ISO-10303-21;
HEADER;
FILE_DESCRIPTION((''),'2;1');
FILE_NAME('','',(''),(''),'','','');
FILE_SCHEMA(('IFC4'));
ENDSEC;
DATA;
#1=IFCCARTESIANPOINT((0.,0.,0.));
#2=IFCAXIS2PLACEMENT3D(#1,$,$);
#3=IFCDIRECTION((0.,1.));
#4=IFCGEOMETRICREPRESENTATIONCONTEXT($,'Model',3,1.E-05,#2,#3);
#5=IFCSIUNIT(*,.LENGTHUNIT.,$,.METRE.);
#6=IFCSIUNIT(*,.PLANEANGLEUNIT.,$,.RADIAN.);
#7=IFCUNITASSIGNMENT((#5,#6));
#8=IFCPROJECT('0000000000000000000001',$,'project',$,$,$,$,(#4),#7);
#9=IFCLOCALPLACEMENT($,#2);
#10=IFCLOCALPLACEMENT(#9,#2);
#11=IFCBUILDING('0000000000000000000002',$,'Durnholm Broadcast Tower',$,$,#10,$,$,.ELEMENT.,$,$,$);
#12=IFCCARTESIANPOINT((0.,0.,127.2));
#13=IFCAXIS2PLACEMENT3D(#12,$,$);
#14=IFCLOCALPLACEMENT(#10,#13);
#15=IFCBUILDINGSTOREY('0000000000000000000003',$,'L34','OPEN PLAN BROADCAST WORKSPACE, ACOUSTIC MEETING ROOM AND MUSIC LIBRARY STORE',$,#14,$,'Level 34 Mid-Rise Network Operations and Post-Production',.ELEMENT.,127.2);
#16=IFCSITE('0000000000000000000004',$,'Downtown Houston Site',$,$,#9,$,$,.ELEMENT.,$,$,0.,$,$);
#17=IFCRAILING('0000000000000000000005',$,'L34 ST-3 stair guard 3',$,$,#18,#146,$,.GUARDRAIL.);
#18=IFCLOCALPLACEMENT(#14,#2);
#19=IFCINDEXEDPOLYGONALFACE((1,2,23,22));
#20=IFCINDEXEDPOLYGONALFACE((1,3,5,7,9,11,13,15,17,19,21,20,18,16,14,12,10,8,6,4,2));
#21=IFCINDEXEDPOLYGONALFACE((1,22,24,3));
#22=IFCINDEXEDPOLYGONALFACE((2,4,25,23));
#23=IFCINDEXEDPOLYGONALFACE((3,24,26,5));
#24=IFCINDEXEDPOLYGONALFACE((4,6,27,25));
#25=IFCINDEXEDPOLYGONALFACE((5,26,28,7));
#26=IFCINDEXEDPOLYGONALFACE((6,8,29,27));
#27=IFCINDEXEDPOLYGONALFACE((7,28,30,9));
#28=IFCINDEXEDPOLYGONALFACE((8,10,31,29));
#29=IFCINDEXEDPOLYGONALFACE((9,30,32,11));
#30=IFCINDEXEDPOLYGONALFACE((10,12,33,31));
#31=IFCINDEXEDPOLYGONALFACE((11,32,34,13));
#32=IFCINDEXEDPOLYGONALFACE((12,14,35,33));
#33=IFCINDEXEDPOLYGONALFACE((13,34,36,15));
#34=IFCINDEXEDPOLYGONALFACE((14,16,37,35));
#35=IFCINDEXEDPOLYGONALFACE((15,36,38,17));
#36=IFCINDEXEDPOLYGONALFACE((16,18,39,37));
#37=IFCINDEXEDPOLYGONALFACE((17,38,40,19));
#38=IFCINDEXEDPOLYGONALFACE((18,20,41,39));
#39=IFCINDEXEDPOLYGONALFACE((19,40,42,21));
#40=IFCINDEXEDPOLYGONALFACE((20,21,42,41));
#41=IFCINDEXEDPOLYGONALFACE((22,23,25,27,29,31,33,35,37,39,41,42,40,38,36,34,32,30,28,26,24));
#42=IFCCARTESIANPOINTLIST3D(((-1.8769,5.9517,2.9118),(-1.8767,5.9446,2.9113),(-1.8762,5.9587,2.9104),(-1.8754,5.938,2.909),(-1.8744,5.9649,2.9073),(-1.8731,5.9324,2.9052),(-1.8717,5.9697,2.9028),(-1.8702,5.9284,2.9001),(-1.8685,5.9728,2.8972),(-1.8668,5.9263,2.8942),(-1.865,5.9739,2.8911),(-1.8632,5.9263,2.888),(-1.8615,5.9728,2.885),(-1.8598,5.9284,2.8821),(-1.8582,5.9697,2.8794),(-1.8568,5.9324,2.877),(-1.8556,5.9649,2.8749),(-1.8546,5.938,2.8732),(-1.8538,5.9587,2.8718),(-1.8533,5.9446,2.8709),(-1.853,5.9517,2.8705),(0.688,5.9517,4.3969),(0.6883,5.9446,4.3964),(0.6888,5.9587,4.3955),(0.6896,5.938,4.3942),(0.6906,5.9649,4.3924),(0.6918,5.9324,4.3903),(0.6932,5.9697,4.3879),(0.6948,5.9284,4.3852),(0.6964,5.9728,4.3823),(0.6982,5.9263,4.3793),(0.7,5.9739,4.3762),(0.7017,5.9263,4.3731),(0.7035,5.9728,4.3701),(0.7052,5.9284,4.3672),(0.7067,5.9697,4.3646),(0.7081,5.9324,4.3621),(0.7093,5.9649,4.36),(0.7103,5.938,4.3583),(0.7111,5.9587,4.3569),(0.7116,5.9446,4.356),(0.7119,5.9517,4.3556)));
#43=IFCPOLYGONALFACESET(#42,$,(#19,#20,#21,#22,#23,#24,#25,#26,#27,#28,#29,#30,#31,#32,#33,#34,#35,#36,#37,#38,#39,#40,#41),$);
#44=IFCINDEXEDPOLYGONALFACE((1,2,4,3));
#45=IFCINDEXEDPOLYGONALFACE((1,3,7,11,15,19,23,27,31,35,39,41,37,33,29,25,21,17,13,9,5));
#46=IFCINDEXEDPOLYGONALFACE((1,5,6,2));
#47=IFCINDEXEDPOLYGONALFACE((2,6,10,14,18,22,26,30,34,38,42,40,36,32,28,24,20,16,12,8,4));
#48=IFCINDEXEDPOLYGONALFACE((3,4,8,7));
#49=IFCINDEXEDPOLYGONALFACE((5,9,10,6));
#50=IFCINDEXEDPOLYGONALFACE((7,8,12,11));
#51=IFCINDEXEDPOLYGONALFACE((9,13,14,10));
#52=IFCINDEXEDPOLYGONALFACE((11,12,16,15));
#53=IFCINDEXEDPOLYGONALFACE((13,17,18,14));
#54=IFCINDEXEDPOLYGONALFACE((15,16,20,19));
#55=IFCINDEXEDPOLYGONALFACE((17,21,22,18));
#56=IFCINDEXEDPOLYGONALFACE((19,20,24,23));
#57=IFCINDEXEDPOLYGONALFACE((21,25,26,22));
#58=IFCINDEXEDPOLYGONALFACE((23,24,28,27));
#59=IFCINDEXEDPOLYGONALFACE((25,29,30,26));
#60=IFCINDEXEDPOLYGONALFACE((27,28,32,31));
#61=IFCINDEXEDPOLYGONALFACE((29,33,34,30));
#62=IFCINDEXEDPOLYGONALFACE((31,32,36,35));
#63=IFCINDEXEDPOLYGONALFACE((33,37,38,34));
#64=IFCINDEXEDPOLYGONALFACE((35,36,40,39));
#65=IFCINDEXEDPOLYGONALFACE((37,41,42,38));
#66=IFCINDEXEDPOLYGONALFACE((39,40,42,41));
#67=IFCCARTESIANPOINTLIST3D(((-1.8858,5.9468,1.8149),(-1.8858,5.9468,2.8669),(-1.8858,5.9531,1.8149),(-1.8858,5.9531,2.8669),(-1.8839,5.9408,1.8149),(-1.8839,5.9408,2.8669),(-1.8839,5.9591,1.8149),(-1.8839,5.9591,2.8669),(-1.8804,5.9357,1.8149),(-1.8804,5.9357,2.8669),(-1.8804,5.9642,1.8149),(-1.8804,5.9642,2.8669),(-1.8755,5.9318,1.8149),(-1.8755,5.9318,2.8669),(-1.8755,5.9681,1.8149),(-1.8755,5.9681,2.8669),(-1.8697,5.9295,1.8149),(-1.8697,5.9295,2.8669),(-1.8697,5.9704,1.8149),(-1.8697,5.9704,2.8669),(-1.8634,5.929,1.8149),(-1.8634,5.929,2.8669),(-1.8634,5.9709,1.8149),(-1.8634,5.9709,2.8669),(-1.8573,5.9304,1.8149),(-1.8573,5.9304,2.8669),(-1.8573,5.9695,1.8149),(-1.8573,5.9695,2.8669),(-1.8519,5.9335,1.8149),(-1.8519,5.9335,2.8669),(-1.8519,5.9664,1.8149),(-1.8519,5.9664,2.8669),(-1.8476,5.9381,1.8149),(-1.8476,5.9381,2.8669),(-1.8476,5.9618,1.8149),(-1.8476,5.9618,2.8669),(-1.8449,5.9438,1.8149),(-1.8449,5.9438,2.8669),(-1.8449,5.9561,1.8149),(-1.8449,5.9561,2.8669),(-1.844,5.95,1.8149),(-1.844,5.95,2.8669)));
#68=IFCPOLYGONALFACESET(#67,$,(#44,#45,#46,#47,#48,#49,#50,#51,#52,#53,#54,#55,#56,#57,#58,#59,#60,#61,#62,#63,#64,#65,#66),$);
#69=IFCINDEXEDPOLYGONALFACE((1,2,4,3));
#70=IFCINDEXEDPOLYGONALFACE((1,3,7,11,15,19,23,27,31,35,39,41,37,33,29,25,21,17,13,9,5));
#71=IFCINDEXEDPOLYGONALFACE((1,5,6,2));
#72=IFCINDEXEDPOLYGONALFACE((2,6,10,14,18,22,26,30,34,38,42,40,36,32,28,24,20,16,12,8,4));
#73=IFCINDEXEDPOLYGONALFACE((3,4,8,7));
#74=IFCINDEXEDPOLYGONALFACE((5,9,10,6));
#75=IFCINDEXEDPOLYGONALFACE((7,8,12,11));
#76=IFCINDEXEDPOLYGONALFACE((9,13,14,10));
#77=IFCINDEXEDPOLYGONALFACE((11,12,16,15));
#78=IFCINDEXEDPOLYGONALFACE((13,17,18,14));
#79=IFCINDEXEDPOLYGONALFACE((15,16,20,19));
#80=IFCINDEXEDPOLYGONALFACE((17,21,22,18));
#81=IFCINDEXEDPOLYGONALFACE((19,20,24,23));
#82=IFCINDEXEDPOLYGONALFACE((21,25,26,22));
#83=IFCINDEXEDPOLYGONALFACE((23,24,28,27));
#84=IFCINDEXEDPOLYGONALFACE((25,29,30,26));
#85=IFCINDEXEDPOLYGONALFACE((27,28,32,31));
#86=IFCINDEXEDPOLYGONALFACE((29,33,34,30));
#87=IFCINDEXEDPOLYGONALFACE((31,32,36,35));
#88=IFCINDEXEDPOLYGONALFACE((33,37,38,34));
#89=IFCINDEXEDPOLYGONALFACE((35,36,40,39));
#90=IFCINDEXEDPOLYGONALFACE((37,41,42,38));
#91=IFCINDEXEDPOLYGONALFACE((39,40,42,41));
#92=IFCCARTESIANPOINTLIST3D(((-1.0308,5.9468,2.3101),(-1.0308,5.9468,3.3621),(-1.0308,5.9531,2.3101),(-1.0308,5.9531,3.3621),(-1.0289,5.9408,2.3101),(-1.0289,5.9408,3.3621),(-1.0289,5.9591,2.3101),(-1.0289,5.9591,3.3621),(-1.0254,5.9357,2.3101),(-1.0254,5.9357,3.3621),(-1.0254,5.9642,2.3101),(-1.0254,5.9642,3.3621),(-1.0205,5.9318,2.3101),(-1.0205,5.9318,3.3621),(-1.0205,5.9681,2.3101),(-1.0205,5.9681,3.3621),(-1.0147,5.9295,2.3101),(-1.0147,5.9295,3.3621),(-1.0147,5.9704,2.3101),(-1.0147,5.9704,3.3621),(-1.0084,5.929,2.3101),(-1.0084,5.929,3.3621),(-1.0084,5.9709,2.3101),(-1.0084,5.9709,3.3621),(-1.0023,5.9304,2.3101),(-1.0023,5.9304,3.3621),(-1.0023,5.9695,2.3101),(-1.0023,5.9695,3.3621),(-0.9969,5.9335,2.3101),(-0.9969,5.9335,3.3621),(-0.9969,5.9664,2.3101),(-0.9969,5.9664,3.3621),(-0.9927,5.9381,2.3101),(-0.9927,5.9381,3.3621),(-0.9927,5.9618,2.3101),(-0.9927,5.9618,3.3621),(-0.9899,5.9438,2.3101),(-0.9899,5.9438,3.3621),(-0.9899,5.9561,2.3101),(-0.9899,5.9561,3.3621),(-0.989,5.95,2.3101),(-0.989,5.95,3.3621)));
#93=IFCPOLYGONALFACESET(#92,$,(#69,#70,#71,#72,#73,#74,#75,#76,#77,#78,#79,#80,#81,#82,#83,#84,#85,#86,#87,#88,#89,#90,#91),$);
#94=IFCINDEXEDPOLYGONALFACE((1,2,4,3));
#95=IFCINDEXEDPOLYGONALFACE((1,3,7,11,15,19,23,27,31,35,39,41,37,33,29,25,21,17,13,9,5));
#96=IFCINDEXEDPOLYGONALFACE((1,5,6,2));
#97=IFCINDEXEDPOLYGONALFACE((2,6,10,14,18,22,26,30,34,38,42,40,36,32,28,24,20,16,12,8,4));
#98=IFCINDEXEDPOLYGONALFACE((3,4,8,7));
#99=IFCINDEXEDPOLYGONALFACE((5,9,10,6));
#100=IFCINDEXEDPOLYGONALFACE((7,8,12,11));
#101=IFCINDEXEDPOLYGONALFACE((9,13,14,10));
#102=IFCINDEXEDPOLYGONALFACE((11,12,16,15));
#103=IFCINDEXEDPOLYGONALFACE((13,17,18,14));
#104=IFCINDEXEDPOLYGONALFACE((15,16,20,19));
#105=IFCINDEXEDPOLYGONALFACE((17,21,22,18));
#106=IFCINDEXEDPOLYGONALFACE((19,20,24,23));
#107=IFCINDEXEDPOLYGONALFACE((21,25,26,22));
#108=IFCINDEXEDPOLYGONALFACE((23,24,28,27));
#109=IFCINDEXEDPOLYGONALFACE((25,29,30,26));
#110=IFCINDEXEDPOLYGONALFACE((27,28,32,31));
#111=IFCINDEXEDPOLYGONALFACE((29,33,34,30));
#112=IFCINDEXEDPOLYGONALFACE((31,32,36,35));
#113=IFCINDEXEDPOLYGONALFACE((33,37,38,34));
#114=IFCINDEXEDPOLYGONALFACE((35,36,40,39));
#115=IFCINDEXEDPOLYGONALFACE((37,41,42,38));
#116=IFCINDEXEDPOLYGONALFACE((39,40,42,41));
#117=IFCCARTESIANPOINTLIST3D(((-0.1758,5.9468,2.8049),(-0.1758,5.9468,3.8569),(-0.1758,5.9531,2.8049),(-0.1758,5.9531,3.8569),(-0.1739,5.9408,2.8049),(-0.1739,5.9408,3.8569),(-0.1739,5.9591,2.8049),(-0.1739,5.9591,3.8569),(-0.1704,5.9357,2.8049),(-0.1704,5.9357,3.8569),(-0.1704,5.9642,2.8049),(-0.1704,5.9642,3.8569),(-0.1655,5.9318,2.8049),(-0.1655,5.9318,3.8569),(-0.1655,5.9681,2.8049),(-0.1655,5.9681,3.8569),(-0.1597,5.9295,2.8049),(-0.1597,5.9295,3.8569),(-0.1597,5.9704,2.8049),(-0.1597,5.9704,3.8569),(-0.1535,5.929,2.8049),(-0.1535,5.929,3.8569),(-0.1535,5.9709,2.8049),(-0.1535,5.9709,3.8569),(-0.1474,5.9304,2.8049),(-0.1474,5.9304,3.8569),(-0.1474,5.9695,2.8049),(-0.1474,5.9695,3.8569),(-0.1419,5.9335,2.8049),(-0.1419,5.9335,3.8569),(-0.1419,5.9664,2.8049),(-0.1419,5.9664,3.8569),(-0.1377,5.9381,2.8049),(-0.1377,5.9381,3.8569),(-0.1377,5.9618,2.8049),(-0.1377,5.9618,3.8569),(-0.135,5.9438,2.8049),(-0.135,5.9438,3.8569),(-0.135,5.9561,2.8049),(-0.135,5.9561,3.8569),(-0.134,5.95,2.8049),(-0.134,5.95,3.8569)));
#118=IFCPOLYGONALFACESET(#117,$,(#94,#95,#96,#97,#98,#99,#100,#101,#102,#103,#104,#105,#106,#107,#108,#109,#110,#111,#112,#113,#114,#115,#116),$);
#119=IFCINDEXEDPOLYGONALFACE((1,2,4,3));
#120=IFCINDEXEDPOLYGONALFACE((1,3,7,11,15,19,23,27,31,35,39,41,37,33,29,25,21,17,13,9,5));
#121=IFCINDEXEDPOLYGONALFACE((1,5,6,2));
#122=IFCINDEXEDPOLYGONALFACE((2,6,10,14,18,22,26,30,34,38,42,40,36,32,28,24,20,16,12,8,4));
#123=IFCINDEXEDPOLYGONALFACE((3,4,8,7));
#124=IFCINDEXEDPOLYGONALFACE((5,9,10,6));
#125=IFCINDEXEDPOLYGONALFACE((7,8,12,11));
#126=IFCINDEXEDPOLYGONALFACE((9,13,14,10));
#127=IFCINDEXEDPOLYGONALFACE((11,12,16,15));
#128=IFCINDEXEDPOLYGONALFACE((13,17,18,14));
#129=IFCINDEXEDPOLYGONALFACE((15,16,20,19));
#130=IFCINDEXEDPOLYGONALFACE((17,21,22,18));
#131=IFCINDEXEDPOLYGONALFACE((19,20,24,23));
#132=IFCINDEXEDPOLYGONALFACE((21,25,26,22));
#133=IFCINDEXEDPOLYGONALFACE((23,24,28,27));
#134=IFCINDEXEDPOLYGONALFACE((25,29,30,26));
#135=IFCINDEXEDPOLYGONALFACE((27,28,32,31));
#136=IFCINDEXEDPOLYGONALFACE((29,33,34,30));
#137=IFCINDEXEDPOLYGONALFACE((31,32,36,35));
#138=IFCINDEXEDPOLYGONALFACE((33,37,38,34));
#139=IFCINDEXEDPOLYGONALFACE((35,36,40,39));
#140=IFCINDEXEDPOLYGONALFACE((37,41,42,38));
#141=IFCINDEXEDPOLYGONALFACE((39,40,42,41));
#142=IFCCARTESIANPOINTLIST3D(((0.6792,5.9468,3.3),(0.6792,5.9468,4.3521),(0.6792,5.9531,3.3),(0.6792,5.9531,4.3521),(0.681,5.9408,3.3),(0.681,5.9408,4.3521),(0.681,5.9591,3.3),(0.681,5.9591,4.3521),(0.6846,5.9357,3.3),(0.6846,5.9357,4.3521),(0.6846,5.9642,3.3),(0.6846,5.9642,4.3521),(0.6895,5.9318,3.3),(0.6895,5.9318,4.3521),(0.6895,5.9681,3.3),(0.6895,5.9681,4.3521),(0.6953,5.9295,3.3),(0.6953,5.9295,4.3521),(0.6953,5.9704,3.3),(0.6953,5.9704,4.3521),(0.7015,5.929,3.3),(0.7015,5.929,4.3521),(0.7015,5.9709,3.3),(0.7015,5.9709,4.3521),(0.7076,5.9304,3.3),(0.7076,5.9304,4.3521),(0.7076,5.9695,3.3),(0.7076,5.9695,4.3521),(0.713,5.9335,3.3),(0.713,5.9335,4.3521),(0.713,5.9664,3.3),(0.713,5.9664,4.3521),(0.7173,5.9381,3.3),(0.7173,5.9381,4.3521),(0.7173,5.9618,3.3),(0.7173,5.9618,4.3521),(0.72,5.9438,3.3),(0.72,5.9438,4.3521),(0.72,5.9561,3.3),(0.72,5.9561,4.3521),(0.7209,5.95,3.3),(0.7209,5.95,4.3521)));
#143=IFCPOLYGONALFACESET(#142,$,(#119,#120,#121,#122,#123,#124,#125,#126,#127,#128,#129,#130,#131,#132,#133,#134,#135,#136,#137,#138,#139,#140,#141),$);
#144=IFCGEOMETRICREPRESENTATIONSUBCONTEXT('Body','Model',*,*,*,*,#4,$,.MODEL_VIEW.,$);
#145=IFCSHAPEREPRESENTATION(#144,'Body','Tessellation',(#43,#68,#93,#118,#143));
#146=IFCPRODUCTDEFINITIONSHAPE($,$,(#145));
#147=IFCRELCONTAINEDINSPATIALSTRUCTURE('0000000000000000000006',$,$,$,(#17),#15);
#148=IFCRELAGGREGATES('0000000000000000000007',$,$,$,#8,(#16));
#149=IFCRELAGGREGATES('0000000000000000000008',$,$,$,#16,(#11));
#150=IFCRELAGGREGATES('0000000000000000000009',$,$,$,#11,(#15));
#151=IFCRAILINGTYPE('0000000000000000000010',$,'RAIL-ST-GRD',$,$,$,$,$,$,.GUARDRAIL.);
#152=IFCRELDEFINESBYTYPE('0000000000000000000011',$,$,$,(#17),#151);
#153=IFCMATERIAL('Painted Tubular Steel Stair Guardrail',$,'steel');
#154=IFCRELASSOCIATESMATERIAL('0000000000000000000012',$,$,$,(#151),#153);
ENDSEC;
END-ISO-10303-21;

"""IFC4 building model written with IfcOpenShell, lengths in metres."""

from ifc_helpers import new_model, si_unit, direction, frame, origin, origin_2d, place, context, subcontext, project, spatial, circle, extrude, material, type_object, element, save


model = new_model("IFC4")

# Units and contexts
model_context = context("Model", 3, precision=1e-05, world=origin(), true_north=direction((0.0, 1.0)))
body_context = subcontext(model_context, "Body", "Model", "MODEL_VIEW")
ifc_project = project(units=[si_unit("LENGTHUNIT", "METRE"), si_unit("PLANEANGLEUNIT", "RADIAN")], contexts=[model_context])

# Site, building, storey
site_placement = place(None, origin())
site = spatial("IfcSite", under=ifc_project, at=site_placement, Name="Downtown Houston Site", CompositionType="ELEMENT", RefElevation=0.0)
building_placement = place(site_placement, origin())
building = spatial("IfcBuilding", under=site, at=building_placement, Name="Durnholm Broadcast Tower", CompositionType="ELEMENT")
storey_placement = place(building_placement, frame((0.0, 0.0, 127.2)))
storey = spatial("IfcBuildingStorey", under=building, at=storey_placement, Name="L34", Description="OPEN PLAN BROADCAST WORKSPACE, ACOUSTIC MEETING ROOM AND MUSIC LIBRARY STORE", LongName="Level 34 Mid-Rise Network Operations and Post-Production", CompositionType="ELEMENT", Elevation=127.2)

# Railing
ifc_material_1 = material(Name="Painted Tubular Steel Stair Guardrail", Category="steel")
railing_type_1 = type_object("IfcRailingType", Name="RAIL-ST-GRD", PredefinedType="GUARDRAIL", material=ifc_material_1)
railing_1_placement = place(storey_placement, frame((-1.865, 5.95, 1.8149)))
element("IfcRailing", 1, at=railing_1_placement, inside=storey, type_object=railing_type_1, Name="L34 ST-3 stair guard 3", PredefinedType="GUARDRAIL", context=body_context, shape_type="SweptSolid", body=[
    extrude(circle(Radius=0.0239, at=origin_2d()), frame((0.0, 0.0, 1.0762), z_axis=(0.865406, 0.0, 0.501072), x_axis=(0.0, 1.0, 0.0)), (0.0, 0.0, 1.0), 2.9639),
    extrude(circle(Radius=0.021, at=origin_2d()), origin(), (0.0, 0.0, 1.0), 1.052),
    extrude(circle(Radius=0.021, at=origin_2d()), frame((0.855, 0.0, 0.4951)), (0.0, 0.0, 1.0), 1.052),
    extrude(circle(Radius=0.021, at=origin_2d()), frame((1.71, 0.0, 0.99)), (0.0, 0.0, 1.0), 1.052),
    extrude(circle(Radius=0.021, at=origin_2d()), frame((2.5649, 0.0, 1.4851)), (0.0, 0.0, 1.0), 1.052),
])

save(model, "model.ifc")
